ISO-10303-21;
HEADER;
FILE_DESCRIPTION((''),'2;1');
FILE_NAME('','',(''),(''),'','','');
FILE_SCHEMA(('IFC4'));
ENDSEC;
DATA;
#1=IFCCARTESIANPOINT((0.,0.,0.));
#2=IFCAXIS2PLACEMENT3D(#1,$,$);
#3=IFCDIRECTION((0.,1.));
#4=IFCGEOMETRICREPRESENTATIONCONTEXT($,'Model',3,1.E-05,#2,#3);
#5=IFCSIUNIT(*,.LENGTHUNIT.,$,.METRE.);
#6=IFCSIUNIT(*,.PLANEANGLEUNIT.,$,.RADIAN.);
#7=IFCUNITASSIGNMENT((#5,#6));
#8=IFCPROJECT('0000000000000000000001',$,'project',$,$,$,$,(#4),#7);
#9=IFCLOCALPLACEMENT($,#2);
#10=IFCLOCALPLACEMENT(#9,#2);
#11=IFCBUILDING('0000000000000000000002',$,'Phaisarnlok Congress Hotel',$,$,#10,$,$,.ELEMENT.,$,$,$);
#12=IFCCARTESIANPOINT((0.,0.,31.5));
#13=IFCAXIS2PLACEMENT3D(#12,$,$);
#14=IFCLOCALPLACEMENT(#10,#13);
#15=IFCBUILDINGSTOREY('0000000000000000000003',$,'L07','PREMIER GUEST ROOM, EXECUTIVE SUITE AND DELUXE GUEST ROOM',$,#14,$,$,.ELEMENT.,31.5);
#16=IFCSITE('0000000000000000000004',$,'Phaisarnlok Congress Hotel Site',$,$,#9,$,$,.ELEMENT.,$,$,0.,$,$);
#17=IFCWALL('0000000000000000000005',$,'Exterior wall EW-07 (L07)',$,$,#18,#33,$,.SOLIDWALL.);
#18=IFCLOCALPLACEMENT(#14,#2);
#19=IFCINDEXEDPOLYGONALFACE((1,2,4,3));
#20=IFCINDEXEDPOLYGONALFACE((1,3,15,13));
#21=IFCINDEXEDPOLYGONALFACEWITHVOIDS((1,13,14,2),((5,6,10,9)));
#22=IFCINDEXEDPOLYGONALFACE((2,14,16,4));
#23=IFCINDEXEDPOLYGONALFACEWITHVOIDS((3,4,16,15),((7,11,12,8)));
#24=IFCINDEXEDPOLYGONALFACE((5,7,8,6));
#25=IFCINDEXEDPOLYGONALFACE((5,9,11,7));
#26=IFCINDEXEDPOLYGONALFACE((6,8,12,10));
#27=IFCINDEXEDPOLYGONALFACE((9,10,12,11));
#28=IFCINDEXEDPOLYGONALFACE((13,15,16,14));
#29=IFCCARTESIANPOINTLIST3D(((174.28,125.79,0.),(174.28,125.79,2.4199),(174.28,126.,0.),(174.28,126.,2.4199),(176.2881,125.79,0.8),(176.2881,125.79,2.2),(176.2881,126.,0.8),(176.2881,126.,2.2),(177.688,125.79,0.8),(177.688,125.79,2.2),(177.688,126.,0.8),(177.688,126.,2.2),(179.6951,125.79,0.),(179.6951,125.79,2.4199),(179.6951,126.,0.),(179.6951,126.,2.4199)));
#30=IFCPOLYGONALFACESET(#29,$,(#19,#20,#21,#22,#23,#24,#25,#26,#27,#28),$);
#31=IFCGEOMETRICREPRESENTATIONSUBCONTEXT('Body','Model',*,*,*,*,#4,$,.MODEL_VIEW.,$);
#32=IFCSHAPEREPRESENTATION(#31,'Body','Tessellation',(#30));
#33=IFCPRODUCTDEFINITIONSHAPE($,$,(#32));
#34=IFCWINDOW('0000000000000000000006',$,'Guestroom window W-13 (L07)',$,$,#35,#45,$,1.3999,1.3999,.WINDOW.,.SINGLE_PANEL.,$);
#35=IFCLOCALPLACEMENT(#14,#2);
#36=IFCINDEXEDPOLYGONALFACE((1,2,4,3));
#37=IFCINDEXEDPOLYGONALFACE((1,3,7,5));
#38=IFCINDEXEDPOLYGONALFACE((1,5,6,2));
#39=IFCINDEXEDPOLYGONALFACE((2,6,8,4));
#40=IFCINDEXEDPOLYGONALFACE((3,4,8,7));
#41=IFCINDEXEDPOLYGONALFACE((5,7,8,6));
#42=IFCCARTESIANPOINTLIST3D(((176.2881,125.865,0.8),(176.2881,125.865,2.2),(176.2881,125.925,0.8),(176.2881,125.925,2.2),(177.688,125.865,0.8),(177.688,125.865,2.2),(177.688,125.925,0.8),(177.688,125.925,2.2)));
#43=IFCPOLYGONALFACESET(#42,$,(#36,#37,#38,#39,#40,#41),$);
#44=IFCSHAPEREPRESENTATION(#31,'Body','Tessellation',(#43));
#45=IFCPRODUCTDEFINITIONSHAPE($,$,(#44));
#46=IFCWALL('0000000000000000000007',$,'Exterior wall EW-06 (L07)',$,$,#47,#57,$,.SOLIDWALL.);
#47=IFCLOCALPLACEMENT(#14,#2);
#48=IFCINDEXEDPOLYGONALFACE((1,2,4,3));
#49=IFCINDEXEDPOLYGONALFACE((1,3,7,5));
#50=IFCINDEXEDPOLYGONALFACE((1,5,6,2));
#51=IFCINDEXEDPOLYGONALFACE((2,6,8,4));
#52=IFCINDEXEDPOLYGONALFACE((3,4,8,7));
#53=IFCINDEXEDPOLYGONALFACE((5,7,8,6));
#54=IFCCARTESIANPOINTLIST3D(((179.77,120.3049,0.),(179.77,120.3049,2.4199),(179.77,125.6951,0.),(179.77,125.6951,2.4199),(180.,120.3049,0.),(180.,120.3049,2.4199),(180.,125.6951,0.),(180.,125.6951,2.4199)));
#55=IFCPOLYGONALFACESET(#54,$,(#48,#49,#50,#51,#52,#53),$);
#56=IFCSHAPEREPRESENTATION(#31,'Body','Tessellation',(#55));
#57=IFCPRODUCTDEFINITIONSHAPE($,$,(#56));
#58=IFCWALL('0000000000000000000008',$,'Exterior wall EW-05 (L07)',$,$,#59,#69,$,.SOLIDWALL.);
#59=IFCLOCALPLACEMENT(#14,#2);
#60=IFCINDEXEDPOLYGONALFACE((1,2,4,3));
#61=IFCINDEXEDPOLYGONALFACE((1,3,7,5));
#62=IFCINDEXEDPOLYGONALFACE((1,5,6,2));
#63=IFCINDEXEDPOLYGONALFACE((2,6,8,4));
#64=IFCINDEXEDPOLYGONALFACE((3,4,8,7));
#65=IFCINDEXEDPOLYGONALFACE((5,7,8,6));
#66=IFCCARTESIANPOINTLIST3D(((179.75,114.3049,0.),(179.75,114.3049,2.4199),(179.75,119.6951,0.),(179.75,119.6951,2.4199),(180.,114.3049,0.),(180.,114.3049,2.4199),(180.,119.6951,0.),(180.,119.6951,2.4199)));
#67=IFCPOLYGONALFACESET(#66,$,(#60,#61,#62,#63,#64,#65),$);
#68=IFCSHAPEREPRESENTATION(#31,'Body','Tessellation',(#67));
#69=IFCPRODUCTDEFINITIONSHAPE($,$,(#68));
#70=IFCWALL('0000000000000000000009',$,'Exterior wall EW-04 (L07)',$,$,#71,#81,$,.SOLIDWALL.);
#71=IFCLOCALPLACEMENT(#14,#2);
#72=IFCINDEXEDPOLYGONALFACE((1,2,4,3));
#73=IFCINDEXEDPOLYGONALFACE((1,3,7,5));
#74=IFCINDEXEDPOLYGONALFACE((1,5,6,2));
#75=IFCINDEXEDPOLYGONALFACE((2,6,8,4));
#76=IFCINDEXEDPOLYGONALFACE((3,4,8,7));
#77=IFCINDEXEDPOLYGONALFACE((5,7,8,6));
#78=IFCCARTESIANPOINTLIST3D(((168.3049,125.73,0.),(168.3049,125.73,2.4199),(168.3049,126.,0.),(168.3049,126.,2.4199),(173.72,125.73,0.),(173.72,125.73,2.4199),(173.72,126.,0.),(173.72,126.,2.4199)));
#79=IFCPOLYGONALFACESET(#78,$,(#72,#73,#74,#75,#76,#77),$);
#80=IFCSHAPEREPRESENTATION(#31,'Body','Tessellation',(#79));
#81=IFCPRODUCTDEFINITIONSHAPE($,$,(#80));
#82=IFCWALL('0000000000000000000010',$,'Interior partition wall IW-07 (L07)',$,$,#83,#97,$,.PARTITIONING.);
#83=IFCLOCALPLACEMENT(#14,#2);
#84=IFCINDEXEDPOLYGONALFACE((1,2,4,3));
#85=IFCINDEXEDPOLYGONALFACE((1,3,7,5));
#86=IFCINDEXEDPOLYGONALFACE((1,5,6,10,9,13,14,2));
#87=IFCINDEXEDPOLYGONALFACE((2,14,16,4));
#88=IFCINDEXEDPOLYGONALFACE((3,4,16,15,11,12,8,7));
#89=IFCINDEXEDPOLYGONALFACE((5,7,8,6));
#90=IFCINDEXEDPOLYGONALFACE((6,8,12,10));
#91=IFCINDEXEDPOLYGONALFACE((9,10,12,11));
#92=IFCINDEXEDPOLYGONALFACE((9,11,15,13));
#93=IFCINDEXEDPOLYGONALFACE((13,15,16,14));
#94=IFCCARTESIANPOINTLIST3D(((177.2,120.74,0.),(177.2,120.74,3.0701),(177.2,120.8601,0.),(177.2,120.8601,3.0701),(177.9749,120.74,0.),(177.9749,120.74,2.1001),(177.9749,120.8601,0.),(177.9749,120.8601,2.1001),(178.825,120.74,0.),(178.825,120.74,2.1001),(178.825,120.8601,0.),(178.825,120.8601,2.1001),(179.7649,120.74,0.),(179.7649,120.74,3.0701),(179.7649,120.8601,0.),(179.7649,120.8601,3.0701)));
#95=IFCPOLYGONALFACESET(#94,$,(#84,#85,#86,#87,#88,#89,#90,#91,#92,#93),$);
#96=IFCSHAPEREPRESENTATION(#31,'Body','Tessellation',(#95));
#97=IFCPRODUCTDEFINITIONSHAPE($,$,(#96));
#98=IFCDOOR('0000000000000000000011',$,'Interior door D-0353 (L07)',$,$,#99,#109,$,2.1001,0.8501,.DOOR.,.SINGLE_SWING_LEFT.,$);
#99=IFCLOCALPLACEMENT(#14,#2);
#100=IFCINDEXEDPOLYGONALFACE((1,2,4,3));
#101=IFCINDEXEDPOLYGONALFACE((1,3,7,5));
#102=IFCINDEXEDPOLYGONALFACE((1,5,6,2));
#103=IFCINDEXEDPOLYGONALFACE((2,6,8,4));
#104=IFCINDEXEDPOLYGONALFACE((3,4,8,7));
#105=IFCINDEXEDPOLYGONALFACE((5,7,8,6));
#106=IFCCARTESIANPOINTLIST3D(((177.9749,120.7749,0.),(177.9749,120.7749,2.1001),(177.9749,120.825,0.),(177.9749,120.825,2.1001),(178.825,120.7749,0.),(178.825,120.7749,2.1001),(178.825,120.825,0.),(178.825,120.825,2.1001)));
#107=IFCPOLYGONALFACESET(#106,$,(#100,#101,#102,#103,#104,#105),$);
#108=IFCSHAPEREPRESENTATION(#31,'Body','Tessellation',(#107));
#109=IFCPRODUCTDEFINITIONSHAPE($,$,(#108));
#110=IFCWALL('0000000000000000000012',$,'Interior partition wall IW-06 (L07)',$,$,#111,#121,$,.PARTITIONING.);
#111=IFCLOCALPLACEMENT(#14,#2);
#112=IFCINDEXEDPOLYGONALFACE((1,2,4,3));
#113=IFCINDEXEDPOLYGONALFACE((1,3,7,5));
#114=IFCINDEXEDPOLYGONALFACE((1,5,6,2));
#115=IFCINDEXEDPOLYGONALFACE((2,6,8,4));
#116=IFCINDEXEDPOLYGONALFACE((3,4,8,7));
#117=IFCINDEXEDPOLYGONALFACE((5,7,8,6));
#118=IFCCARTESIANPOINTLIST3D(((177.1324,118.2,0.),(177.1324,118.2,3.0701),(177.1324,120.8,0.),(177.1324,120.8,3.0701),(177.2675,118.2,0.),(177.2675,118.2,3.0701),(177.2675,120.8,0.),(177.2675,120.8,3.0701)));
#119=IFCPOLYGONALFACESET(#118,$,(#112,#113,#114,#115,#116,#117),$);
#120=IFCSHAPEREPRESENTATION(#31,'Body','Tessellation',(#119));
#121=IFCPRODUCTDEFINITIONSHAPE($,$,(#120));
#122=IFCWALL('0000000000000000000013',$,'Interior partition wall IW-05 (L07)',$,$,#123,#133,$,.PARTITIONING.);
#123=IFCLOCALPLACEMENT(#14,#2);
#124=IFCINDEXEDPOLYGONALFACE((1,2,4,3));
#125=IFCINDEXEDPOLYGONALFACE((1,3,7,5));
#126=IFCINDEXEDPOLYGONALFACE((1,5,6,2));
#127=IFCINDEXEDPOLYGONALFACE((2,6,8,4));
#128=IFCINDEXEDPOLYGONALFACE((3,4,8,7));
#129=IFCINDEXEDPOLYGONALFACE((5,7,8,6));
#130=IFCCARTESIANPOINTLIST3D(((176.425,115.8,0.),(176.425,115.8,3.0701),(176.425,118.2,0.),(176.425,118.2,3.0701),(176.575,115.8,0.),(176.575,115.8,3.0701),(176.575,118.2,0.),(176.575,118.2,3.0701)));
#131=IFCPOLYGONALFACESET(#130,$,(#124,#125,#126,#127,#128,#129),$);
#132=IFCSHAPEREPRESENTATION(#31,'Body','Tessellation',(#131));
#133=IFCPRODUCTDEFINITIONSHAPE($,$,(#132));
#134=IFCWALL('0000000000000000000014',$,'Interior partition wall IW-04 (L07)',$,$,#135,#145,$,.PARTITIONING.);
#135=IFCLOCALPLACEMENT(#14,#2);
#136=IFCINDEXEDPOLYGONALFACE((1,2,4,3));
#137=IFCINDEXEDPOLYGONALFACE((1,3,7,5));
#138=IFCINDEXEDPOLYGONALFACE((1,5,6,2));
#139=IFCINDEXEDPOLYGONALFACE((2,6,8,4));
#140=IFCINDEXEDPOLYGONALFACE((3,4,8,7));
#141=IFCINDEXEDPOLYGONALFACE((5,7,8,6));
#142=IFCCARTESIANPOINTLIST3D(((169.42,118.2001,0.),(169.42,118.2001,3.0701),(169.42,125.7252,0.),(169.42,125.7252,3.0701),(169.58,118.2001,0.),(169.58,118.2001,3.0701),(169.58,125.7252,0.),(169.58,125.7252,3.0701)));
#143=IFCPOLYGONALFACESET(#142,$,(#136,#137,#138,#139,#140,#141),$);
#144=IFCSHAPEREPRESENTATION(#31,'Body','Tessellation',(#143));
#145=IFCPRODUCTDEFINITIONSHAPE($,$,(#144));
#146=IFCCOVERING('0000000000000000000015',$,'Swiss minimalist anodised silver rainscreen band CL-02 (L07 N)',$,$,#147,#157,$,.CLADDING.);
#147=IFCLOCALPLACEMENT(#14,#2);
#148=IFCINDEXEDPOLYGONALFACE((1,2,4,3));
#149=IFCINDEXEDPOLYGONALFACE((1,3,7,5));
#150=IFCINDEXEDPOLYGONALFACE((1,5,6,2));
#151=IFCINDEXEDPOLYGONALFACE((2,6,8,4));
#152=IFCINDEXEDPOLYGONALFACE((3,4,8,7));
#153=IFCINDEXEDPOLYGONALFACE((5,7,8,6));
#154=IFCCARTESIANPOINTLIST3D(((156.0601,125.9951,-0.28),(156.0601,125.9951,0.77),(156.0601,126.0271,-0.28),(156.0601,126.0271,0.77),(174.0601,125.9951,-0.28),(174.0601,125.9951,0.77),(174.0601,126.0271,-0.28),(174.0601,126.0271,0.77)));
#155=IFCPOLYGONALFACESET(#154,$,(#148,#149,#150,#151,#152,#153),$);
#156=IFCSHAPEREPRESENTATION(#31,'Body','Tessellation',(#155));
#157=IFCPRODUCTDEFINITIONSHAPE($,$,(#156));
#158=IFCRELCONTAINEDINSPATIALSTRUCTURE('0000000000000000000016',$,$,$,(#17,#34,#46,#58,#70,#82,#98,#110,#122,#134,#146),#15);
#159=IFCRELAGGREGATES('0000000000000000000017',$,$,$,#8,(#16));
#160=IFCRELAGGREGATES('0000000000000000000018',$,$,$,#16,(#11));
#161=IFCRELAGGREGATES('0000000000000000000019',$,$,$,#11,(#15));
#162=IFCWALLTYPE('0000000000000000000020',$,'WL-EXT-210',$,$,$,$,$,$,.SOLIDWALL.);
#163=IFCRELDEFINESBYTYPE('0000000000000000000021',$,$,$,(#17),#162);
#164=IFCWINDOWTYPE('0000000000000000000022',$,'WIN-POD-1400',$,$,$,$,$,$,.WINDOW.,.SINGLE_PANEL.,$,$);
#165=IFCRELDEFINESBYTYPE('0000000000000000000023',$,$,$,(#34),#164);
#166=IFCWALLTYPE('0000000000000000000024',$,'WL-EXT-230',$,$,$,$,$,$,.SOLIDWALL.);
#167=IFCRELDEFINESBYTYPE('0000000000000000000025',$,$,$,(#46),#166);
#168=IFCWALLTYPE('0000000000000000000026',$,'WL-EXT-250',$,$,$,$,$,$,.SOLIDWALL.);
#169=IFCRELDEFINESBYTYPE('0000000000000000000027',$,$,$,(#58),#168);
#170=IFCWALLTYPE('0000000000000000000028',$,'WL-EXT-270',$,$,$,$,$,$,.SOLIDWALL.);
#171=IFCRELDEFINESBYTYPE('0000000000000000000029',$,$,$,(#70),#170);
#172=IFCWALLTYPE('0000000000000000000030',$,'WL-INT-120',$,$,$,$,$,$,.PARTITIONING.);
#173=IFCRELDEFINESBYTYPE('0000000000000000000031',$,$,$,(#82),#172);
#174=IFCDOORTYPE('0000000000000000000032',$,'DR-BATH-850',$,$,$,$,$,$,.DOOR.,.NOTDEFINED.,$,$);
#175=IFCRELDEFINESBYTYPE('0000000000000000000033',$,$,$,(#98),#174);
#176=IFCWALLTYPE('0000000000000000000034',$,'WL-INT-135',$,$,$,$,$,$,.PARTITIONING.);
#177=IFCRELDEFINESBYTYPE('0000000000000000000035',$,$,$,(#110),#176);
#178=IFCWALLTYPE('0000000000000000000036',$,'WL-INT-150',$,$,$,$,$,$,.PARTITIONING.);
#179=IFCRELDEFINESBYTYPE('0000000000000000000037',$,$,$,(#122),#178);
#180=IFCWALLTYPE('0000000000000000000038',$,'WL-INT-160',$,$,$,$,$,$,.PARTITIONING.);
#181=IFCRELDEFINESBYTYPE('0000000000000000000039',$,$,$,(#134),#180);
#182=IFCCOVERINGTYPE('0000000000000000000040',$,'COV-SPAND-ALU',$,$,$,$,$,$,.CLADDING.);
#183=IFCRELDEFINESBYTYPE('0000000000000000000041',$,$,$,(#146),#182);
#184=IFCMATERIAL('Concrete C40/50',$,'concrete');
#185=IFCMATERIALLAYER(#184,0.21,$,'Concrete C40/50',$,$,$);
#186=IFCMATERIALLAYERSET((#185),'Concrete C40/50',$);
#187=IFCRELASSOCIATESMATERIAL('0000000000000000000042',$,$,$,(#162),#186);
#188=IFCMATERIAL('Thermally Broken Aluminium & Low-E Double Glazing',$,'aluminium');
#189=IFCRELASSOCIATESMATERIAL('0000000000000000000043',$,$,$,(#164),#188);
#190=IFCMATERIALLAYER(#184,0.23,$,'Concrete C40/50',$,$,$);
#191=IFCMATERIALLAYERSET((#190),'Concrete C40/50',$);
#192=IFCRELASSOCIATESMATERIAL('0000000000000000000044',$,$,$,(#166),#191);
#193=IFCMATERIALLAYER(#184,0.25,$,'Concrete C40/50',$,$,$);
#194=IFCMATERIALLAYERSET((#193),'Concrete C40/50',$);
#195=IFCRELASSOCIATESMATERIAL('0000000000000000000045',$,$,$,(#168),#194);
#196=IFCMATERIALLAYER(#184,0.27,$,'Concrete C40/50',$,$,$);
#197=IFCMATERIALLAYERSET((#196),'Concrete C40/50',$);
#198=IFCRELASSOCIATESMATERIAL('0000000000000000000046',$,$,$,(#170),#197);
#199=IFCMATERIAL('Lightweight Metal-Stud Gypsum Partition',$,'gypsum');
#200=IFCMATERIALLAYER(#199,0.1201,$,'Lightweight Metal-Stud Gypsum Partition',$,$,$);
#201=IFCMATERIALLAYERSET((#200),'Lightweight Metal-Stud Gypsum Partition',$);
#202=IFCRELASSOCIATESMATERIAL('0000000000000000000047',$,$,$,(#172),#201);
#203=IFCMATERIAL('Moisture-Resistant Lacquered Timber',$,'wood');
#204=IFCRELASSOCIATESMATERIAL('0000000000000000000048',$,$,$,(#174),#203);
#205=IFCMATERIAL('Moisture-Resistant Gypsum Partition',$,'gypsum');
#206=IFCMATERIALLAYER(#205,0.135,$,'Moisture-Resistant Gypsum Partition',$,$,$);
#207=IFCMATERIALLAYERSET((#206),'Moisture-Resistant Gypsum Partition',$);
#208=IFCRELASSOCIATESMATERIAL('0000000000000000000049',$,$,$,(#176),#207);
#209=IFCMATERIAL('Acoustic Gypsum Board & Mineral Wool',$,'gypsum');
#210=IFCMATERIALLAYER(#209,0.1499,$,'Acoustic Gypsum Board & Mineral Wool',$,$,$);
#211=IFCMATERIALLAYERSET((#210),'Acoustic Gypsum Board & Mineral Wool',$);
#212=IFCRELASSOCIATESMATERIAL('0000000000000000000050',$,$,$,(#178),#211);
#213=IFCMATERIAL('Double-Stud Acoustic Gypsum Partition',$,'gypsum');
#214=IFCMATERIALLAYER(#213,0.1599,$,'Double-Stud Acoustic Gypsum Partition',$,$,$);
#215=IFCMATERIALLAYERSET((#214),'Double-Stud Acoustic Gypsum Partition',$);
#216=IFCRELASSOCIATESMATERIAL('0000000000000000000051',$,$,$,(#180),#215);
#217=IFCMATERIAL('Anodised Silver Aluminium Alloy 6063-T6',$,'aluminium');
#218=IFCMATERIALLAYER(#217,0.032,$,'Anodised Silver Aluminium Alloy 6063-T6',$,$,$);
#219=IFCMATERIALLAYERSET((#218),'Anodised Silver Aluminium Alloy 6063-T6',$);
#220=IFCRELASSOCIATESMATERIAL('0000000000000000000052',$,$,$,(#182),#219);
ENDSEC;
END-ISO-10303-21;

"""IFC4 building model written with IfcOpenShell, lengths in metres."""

from ifc_helpers import new_model, si_unit, direction, frame, frame_2d, origin, place, context, subcontext, project, spatial, polyline, rectangle, outline, extrude, material, layer, layer_set, type_object, element, fill, save


model = new_model("IFC4")

# Units and contexts
model_context = context("Model", 3, precision=1e-05, world=origin(), true_north=direction((0.0, 1.0)))
body_context = subcontext(model_context, "Body", "Model", "MODEL_VIEW")
ifc_project = project(units=[si_unit("LENGTHUNIT", "METRE"), si_unit("PLANEANGLEUNIT", "RADIAN")], contexts=[model_context])

# Site, building, storey
site_placement = place(None, origin())
site = spatial("IfcSite", under=ifc_project, at=site_placement, Name="Phaisarnlok Congress Hotel Site", CompositionType="ELEMENT", RefElevation=0.0)
building_placement = place(site_placement, origin())
building = spatial("IfcBuilding", under=site, at=building_placement, Name="Phaisarnlok Congress Hotel", CompositionType="ELEMENT")
storey_placement = place(building_placement, frame((0.0, 0.0, 31.5)))
storey = spatial("IfcBuildingStorey", under=building, at=storey_placement, Name="L07", Description="PREMIER GUEST ROOM, EXECUTIVE SUITE AND DELUXE GUEST ROOM", CompositionType="ELEMENT", Elevation=31.5)

# Shared definitions
ifc_material_1 = material(Name="Concrete C40/50", Category="concrete")

# Wall, opening, window
ifc_layer_1 = layer(ifc_material_1, 0.21, Name="Concrete C40/50")
ifc_layer_set_1 = layer_set([ifc_layer_1], Name="Concrete C40/50")
wall_type_1 = type_object("IfcWallType", Name="WL-EXT-210", PredefinedType="SOLIDWALL", material=ifc_layer_set_1)
wall_1_placement = place(storey_placement, frame((179.6951, 125.895, 0.0), z_axis=(0.0, 0.0, 1.0), x_axis=(-1.0, 0.0, 0.0)))
wall_1 = element("IfcWall", 1, at=wall_1_placement, inside=storey, type_object=wall_type_1, Name="Exterior wall EW-07 (L07)", PredefinedType="SOLIDWALL", context=body_context, shape_type="SweptSolid", body=[
    extrude(rectangle(XDim=5.415, YDim=0.21, at=frame_2d((2.7075, 0.0))), origin(), (0.0, 0.0, 1.0), 2.4199),
])
opening_1_placement = place(wall_1_placement, frame((2.0071, 0.0, 0.8)))
opening_1 = element("IfcOpeningElement", 2, at=opening_1_placement, cuts=wall_1, PredefinedType="OPENING", context=body_context, shape_type="SweptSolid", body=[
    extrude(rectangle(XDim=1.3999, YDim=1.3999, at=frame_2d((0.7, 0.7))), frame((0.0, 0.115, 0.0), z_axis=(0.0, -1.0, 0.0), x_axis=(1.0, 0.0, 0.0)), (0.0, 0.0, 1.0), 0.23),
])
ifc_material_2 = material(Name="Thermally Broken Aluminium & Low-E Double Glazing", Category="aluminium")
window_type = type_object("IfcWindowType", Name="WIN-POD-1400", PartitioningType="SINGLE_PANEL", PredefinedType="WINDOW", material=ifc_material_2)
window_placement = place(opening_1_placement, origin())
window = element("IfcWindow", 3, at=window_placement, inside=storey, type_object=window_type, Name="Guestroom window W-13 (L07)", OverallHeight=1.3999, OverallWidth=1.3999, PartitioningType="SINGLE_PANEL", PredefinedType="WINDOW", context=body_context, shape_type="SweptSolid", body=[
    extrude(rectangle(XDim=1.3999, YDim=1.3999, at=frame_2d((0.7, 0.7))), frame((0.0, 0.03, 0.0), z_axis=(0.0, -1.0, 0.0), x_axis=(1.0, 0.0, 0.0)), (0.0, 0.0, 1.0), 0.0601),
])
fill(opening_1, window)

# Walls
ifc_layer_2 = layer(ifc_material_1, 0.23, Name="Concrete C40/50")
ifc_layer_set_2 = layer_set([ifc_layer_2], Name="Concrete C40/50")
wall_type_2 = type_object("IfcWallType", Name="WL-EXT-230", PredefinedType="SOLIDWALL", material=ifc_layer_set_2)
wall_2_placement = place(storey_placement, frame((179.885, 120.3049, 0.0), z_axis=(0.0, 0.0, 1.0), x_axis=(0.0, 1.0, 0.0)))
element("IfcWall", 4, at=wall_2_placement, inside=storey, type_object=wall_type_2, Name="Exterior wall EW-06 (L07)", PredefinedType="SOLIDWALL", context=body_context, shape_type="SweptSolid", body=[
    extrude(rectangle(XDim=5.3901, YDim=0.23, at=frame_2d((2.6951, 0.0))), origin(), (0.0, 0.0, 1.0), 2.4199),
])
ifc_layer_3 = layer(ifc_material_1, 0.25, Name="Concrete C40/50")
ifc_layer_set_3 = layer_set([ifc_layer_3], Name="Concrete C40/50")
wall_type_3 = type_object("IfcWallType", Name="WL-EXT-250", PredefinedType="SOLIDWALL", material=ifc_layer_set_3)
wall_3_placement = place(storey_placement, frame((179.875, 114.3049, 0.0), z_axis=(0.0, 0.0, 1.0), x_axis=(0.0, 1.0, 0.0)))
element("IfcWall", 5, at=wall_3_placement, inside=storey, type_object=wall_type_3, Name="Exterior wall EW-05 (L07)", PredefinedType="SOLIDWALL", context=body_context, shape_type="SweptSolid", body=[
    extrude(rectangle(XDim=5.3901, YDim=0.25, at=frame_2d((2.6951, 0.0))), origin(), (0.0, 0.0, 1.0), 2.4199),
])
ifc_layer_4 = layer(ifc_material_1, 0.27, Name="Concrete C40/50")
ifc_layer_set_4 = layer_set([ifc_layer_4], Name="Concrete C40/50")
wall_type_4 = type_object("IfcWallType", Name="WL-EXT-270", PredefinedType="SOLIDWALL", material=ifc_layer_set_4)
wall_4_placement = place(storey_placement, frame((173.72, 125.865, 0.0), z_axis=(0.0, 0.0, 1.0), x_axis=(-1.0, 0.0, 0.0)))
element("IfcWall", 6, at=wall_4_placement, inside=storey, type_object=wall_type_4, Name="Exterior wall EW-04 (L07)", PredefinedType="SOLIDWALL", context=body_context, shape_type="SweptSolid", body=[
    extrude(rectangle(XDim=5.415, YDim=0.27, at=frame_2d((2.7075, 0.0))), origin(), (0.0, 0.0, 1.0), 2.4199),
])

# Wall, opening, door
ifc_material_3 = material(Name="Lightweight Metal-Stud Gypsum Partition", Category="gypsum")
ifc_layer_5 = layer(ifc_material_3, 0.1201, Name="Lightweight Metal-Stud Gypsum Partition")
ifc_layer_set_5 = layer_set([ifc_layer_5], Name="Lightweight Metal-Stud Gypsum Partition")
wall_type_5 = type_object("IfcWallType", Name="WL-INT-120", PredefinedType="PARTITIONING", material=ifc_layer_set_5)
wall_5_placement = place(storey_placement, frame((177.2, 120.8, 0.0), z_axis=(0.0, 0.0, 1.0), x_axis=(1.0, 0.0, 0.0)))
wall_5 = element("IfcWall", 7, at=wall_5_placement, inside=storey, type_object=wall_type_5, Name="Interior partition wall IW-07 (L07)", PredefinedType="PARTITIONING", context=body_context, shape_type="SweptSolid", body=[
    extrude(rectangle(XDim=2.5649, YDim=0.1201, at=frame_2d((1.2825, 0.0))), origin(), (0.0, 0.0, 1.0), 3.0701),
])
opening_2_placement = place(wall_5_placement, frame((0.7749, 0.0, 0.0)))
opening_2 = element("IfcOpeningElement", 8, at=opening_2_placement, cuts=wall_5, PredefinedType="OPENING", context=body_context, shape_type="SweptSolid", body=[
    extrude(rectangle(XDim=0.8501, YDim=2.1001, at=frame_2d((0.425, 1.05))), frame((0.0, 0.0701, 0.0), z_axis=(0.0, -1.0, 0.0), x_axis=(1.0, 0.0, 0.0)), (0.0, 0.0, 1.0), 0.1401),
])
ifc_material_4 = material(Name="Moisture-Resistant Lacquered Timber", Category="wood")
door_type_1 = type_object("IfcDoorType", Name="DR-BATH-850", OperationType="NOTDEFINED", PredefinedType="DOOR", material=ifc_material_4)
door_1_placement = place(opening_2_placement, origin())
door_1 = element("IfcDoor", 9, at=door_1_placement, inside=storey, type_object=door_type_1, Name="Interior door D-0353 (L07)", OperationType="SINGLE_SWING_LEFT", OverallHeight=2.1001, OverallWidth=0.8501, PredefinedType="DOOR", context=body_context, shape_type="SweptSolid", body=[
    extrude(rectangle(XDim=0.8501, YDim=2.1001, at=frame_2d((0.425, 1.05))), frame((0.0, 0.0249, 0.0), z_axis=(0.0, -1.0, 0.0), x_axis=(1.0, 0.0, 0.0)), (0.0, 0.0, 1.0), 0.05),
])
fill(opening_2, door_1)

# Walls
ifc_material_5 = material(Name="Moisture-Resistant Gypsum Partition", Category="gypsum")
ifc_layer_6 = layer(ifc_material_5, 0.135, Name="Moisture-Resistant Gypsum Partition")
ifc_layer_set_6 = layer_set([ifc_layer_6], Name="Moisture-Resistant Gypsum Partition")
wall_type_6 = type_object("IfcWallType", Name="WL-INT-135", PredefinedType="PARTITIONING", material=ifc_layer_set_6)
wall_6_placement = place(storey_placement, frame((177.2, 118.2, 0.0), z_axis=(0.0, 0.0, 1.0), x_axis=(0.0, 1.0, 0.0)))
element("IfcWall", 10, at=wall_6_placement, inside=storey, type_object=wall_type_6, Name="Interior partition wall IW-06 (L07)", PredefinedType="PARTITIONING", context=body_context, shape_type="SweptSolid", body=[
    extrude(rectangle(XDim=2.6001, YDim=0.135, at=frame_2d((1.3, 0.0))), origin(), (0.0, 0.0, 1.0), 3.0701),
])
ifc_material_6 = material(Name="Acoustic Gypsum Board & Mineral Wool", Category="gypsum")
ifc_layer_7 = layer(ifc_material_6, 0.1499, Name="Acoustic Gypsum Board & Mineral Wool")
ifc_layer_set_7 = layer_set([ifc_layer_7], Name="Acoustic Gypsum Board & Mineral Wool")
wall_type_7 = type_object("IfcWallType", Name="WL-INT-150", PredefinedType="PARTITIONING", material=ifc_layer_set_7)
wall_7_placement = place(storey_placement, frame((176.5, 115.8, 0.0), z_axis=(0.0, 0.0, 1.0), x_axis=(0.0, 1.0, 0.0)))
element("IfcWall", 11, at=wall_7_placement, inside=storey, type_object=wall_type_7, Name="Interior partition wall IW-05 (L07)", PredefinedType="PARTITIONING", context=body_context, shape_type="SweptSolid", body=[
    extrude(rectangle(XDim=2.3999, YDim=0.1499, at=frame_2d((1.2, 0.0))), origin(), (0.0, 0.0, 1.0), 3.0701),
])
ifc_material_7 = material(Name="Double-Stud Acoustic Gypsum Partition", Category="gypsum")
ifc_layer_8 = layer(ifc_material_7, 0.1599, Name="Double-Stud Acoustic Gypsum Partition")
ifc_layer_set_8 = layer_set([ifc_layer_8], Name="Double-Stud Acoustic Gypsum Partition")
wall_type_8 = type_object("IfcWallType", Name="WL-INT-160", PredefinedType="PARTITIONING", material=ifc_layer_set_8)
wall_8_placement = place(storey_placement, frame((169.5, 118.2, 0.0), z_axis=(0.0, 0.0, 1.0), x_axis=(0.0, 1.0, 0.0)))
element("IfcWall", 12, at=wall_8_placement, inside=storey, type_object=wall_type_8, Name="Interior partition wall IW-04 (L07)", PredefinedType="PARTITIONING", context=body_context, shape_type="SweptSolid", body=[
    extrude(rectangle(XDim=7.5251, YDim=0.1599, at=frame_2d((3.7627, 0.0))), origin(), (0.0, 0.0, 1.0), 3.0701),
])

# Covering
ifc_material_8 = material(Name="Anodised Silver Aluminium Alloy 6063-T6", Category="aluminium")
ifc_layer_9 = layer(ifc_material_8, 0.032, Name="Anodised Silver Aluminium Alloy 6063-T6")
ifc_layer_set_9 = layer_set([ifc_layer_9], Name="Anodised Silver Aluminium Alloy 6063-T6")
covering_type = type_object("IfcCoveringType", Name="COV-SPAND-ALU", PredefinedType="CLADDING", material=ifc_layer_set_9)
covering_1_placement = place(storey_placement, frame((174.0601, 125.9951, -0.28), z_axis=(0.0, 1.0, 0.0), x_axis=(-1.0, 0.0, 0.0)))
element("IfcCovering", 13, at=covering_1_placement, inside=storey, type_object=covering_type, Name="Swiss minimalist anodised silver rainscreen band CL-02 (L07 N)", PredefinedType="CLADDING", context=body_context, shape_type="SweptSolid", body=[
    extrude(outline(polyline([(0.0, 0.0), (18.0, 0.0), (18.0, 1.05), (0.0, 1.05), (0.0, 0.0)])), origin(), (0.0, 0.0, 1.0), 0.032),
])

save(model, "model.ifc")
